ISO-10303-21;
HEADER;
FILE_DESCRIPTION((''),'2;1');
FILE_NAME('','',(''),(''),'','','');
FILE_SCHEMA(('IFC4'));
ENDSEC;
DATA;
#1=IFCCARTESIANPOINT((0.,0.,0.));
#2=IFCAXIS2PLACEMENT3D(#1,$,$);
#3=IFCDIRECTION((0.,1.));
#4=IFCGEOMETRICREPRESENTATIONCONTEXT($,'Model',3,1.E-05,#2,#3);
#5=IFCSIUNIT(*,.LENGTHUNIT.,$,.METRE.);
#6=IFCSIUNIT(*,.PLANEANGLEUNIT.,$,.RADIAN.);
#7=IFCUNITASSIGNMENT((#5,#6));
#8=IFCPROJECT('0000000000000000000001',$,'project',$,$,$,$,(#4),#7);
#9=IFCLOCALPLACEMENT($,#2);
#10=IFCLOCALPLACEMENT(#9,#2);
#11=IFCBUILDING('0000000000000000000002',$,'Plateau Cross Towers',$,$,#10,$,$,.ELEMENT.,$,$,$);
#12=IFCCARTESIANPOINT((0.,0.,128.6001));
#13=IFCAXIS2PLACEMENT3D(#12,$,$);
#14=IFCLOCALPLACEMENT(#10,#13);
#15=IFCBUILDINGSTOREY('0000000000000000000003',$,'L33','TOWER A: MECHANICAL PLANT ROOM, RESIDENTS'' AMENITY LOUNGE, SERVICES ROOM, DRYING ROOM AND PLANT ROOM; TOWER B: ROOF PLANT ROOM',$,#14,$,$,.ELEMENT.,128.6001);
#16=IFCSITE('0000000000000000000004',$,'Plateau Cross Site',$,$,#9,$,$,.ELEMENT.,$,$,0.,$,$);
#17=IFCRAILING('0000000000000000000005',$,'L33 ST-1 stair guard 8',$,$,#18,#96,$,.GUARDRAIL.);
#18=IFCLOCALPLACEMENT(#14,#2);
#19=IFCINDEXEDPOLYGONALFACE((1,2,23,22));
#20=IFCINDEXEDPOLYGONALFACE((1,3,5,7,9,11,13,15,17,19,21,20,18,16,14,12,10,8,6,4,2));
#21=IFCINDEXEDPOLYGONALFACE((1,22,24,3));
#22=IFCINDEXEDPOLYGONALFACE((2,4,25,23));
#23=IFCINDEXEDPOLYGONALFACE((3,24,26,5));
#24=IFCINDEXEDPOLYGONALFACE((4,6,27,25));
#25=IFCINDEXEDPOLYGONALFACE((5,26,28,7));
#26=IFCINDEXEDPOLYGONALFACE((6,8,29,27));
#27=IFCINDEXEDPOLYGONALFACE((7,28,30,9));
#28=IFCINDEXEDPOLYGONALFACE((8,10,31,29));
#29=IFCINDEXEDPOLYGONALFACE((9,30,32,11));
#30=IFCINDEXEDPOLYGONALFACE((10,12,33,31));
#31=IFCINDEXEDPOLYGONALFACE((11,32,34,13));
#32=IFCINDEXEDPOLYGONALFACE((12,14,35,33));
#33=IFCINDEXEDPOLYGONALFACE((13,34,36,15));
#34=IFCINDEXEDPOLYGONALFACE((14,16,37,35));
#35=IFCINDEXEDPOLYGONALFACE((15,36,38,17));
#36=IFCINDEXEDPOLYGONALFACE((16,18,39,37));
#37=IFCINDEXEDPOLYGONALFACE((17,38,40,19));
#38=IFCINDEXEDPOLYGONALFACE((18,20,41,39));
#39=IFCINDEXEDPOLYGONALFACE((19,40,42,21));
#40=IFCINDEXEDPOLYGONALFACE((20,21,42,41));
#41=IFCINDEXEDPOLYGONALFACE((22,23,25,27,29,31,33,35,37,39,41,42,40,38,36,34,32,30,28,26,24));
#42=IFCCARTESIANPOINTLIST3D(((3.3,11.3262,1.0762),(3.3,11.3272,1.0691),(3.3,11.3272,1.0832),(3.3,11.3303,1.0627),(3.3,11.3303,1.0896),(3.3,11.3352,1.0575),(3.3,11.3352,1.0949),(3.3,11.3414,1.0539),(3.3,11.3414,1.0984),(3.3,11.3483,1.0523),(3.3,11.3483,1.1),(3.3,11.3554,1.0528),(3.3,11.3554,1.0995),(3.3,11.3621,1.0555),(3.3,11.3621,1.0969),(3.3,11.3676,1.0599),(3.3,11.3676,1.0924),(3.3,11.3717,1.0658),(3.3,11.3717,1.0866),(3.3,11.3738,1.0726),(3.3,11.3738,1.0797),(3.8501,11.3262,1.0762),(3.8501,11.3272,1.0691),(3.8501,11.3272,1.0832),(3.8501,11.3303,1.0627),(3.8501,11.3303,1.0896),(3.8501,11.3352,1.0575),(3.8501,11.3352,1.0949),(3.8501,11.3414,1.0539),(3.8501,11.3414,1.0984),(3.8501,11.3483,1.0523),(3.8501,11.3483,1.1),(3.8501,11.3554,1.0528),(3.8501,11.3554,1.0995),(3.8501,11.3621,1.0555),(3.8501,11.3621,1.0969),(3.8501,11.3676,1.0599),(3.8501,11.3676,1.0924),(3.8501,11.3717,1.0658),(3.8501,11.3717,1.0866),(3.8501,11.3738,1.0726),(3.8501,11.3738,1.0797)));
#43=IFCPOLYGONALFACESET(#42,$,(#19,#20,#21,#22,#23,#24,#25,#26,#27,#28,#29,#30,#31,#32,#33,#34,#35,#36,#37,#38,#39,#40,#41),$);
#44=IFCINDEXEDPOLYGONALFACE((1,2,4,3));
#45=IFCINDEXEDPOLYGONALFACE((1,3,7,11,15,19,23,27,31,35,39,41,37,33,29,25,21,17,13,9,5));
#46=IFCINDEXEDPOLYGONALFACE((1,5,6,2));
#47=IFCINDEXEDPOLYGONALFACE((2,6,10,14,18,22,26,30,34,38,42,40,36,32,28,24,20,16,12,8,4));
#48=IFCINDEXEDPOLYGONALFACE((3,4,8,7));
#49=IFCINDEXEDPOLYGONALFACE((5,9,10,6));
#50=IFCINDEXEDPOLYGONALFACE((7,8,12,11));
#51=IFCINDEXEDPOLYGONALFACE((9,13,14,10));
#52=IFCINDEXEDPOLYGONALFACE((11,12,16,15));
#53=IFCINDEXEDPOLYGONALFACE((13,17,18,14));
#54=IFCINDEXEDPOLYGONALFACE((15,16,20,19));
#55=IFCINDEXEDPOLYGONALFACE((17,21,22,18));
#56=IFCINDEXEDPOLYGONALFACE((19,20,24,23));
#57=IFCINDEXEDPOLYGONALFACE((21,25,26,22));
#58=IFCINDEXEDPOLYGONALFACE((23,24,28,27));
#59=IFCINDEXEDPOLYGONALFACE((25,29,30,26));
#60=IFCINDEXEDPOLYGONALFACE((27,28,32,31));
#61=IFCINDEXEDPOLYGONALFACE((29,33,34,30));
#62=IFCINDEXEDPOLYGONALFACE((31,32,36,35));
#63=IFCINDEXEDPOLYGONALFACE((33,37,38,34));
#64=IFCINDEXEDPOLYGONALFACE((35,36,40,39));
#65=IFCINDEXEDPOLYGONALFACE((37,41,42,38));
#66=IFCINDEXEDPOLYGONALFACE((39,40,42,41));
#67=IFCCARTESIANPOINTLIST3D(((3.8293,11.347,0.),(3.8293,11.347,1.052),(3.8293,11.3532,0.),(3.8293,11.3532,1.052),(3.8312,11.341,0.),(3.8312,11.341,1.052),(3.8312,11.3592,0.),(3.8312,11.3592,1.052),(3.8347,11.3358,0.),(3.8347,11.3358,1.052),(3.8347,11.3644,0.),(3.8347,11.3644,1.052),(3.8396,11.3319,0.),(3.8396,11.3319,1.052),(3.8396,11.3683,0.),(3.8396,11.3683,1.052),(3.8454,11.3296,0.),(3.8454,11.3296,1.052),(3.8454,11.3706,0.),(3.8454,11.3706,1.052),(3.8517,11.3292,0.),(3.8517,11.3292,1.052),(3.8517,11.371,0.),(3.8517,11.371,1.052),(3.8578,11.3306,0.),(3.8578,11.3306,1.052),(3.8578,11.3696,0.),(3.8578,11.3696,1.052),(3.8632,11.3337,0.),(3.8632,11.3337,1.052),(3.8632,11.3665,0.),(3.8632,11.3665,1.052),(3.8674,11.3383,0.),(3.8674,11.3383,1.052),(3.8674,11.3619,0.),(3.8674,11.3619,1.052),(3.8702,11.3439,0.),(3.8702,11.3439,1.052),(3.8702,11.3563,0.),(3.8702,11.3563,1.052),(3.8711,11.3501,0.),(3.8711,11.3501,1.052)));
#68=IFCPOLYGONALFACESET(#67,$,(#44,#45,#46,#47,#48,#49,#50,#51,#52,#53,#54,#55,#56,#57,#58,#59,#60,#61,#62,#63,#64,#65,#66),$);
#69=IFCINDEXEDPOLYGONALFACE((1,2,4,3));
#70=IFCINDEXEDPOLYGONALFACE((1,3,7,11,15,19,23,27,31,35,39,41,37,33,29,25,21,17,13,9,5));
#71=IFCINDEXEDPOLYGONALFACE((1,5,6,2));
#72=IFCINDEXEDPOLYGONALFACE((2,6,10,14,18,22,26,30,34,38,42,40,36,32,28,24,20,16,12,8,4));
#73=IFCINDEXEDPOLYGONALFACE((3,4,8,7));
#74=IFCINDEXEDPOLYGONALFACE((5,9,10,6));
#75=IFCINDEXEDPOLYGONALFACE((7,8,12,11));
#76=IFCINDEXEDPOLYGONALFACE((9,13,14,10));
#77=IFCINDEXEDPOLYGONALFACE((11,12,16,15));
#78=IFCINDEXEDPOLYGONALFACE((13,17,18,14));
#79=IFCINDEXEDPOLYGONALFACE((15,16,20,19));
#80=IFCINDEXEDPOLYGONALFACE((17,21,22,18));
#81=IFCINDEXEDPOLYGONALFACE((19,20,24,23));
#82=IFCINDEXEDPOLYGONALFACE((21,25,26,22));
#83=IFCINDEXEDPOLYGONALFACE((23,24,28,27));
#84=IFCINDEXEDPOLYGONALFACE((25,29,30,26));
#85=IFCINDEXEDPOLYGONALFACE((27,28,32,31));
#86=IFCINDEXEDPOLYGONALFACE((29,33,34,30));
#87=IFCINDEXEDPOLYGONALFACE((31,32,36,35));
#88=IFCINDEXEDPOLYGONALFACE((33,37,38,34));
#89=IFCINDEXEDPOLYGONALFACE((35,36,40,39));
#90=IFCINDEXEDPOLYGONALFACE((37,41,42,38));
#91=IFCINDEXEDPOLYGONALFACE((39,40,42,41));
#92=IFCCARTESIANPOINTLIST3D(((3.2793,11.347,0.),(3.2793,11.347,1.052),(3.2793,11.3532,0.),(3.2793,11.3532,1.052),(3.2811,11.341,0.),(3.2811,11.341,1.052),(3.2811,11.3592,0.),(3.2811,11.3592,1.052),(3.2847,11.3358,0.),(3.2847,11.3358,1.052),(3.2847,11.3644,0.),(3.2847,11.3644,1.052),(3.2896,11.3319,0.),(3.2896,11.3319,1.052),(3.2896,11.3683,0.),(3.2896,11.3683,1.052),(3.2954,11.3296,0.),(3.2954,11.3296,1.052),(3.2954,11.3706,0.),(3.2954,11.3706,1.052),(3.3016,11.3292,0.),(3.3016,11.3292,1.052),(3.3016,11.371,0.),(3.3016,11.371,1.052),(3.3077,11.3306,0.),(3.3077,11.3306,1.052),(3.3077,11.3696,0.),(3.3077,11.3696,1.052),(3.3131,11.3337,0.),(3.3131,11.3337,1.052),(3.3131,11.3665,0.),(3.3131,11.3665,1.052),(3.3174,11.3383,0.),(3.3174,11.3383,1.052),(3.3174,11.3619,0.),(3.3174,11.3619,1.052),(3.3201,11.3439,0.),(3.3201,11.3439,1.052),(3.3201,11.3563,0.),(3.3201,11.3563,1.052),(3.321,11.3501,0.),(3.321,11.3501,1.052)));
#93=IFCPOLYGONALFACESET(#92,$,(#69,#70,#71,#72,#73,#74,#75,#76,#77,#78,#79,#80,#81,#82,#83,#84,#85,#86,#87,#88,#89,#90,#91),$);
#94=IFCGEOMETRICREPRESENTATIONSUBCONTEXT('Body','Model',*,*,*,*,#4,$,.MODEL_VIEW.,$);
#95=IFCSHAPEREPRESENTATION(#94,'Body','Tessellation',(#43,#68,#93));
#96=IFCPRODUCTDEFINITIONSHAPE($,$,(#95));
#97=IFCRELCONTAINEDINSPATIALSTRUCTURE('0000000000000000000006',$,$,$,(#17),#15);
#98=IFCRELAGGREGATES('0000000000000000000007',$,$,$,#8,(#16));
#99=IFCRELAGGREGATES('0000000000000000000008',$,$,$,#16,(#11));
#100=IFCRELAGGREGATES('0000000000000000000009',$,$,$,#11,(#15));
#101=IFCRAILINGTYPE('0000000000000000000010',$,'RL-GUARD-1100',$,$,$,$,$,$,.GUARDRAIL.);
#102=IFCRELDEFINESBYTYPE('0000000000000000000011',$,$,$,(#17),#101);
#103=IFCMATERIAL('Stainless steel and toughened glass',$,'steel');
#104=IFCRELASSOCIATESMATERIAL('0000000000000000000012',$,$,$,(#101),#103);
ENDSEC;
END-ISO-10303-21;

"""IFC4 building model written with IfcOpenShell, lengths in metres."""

from ifc_helpers import new_model, si_unit, direction, frame, origin, origin_2d, place, context, subcontext, project, spatial, circle, extrude, material, type_object, element, save


model = new_model("IFC4")

# Units and contexts
model_context = context("Model", 3, precision=1e-05, world=origin(), true_north=direction((0.0, 1.0)))
body_context = subcontext(model_context, "Body", "Model", "MODEL_VIEW")
ifc_project = project(units=[si_unit("LENGTHUNIT", "METRE"), si_unit("PLANEANGLEUNIT", "RADIAN")], contexts=[model_context])

# Site, building, storey
site_placement = place(None, origin())
site = spatial("IfcSite", under=ifc_project, at=site_placement, Name="Plateau Cross Site", CompositionType="ELEMENT", RefElevation=0.0)
building_placement = place(site_placement, origin())
building = spatial("IfcBuilding", under=site, at=building_placement, Name="Plateau Cross Towers", CompositionType="ELEMENT")
storey_placement = place(building_placement, frame((0.0, 0.0, 128.6001)))
storey = spatial("IfcBuildingStorey", under=building, at=storey_placement, Name="L33", Description="TOWER A: MECHANICAL PLANT ROOM, RESIDENTS' AMENITY LOUNGE, SERVICES ROOM, DRYING ROOM AND PLANT ROOM; TOWER B: ROOF PLANT ROOM", CompositionType="ELEMENT", Elevation=128.6001)

# Railing
ifc_material_1 = material(Name="Stainless steel and toughened glass", Category="steel")
railing_type_1 = type_object("IfcRailingType", Name="RL-GUARD-1100", PredefinedType="GUARDRAIL", material=ifc_material_1)
railing_1_placement = place(storey_placement, frame((3.8501, 11.3501, 0.0)))
element("IfcRailing", 1, at=railing_1_placement, inside=storey, type_object=railing_type_1, Name="L33 ST-1 stair guard 8", PredefinedType="GUARDRAIL", context=body_context, shape_type="SweptSolid", body=[
    extrude(circle(Radius=0.0239, at=origin_2d()), frame((0.0, 0.0, 1.0762), z_axis=(-1.0, 0.0, 0.0), x_axis=(0.0, -1.0, 0.0)), (0.0, 0.0, 1.0), 0.55),
    extrude(circle(Radius=0.021, at=origin_2d()), origin(), (0.0, 0.0, 1.0), 1.052),
    extrude(circle(Radius=0.021, at=origin_2d()), frame((-0.55, 0.0, 0.0)), (0.0, 0.0, 1.0), 1.052),
])

save(model, "model.ifc")
